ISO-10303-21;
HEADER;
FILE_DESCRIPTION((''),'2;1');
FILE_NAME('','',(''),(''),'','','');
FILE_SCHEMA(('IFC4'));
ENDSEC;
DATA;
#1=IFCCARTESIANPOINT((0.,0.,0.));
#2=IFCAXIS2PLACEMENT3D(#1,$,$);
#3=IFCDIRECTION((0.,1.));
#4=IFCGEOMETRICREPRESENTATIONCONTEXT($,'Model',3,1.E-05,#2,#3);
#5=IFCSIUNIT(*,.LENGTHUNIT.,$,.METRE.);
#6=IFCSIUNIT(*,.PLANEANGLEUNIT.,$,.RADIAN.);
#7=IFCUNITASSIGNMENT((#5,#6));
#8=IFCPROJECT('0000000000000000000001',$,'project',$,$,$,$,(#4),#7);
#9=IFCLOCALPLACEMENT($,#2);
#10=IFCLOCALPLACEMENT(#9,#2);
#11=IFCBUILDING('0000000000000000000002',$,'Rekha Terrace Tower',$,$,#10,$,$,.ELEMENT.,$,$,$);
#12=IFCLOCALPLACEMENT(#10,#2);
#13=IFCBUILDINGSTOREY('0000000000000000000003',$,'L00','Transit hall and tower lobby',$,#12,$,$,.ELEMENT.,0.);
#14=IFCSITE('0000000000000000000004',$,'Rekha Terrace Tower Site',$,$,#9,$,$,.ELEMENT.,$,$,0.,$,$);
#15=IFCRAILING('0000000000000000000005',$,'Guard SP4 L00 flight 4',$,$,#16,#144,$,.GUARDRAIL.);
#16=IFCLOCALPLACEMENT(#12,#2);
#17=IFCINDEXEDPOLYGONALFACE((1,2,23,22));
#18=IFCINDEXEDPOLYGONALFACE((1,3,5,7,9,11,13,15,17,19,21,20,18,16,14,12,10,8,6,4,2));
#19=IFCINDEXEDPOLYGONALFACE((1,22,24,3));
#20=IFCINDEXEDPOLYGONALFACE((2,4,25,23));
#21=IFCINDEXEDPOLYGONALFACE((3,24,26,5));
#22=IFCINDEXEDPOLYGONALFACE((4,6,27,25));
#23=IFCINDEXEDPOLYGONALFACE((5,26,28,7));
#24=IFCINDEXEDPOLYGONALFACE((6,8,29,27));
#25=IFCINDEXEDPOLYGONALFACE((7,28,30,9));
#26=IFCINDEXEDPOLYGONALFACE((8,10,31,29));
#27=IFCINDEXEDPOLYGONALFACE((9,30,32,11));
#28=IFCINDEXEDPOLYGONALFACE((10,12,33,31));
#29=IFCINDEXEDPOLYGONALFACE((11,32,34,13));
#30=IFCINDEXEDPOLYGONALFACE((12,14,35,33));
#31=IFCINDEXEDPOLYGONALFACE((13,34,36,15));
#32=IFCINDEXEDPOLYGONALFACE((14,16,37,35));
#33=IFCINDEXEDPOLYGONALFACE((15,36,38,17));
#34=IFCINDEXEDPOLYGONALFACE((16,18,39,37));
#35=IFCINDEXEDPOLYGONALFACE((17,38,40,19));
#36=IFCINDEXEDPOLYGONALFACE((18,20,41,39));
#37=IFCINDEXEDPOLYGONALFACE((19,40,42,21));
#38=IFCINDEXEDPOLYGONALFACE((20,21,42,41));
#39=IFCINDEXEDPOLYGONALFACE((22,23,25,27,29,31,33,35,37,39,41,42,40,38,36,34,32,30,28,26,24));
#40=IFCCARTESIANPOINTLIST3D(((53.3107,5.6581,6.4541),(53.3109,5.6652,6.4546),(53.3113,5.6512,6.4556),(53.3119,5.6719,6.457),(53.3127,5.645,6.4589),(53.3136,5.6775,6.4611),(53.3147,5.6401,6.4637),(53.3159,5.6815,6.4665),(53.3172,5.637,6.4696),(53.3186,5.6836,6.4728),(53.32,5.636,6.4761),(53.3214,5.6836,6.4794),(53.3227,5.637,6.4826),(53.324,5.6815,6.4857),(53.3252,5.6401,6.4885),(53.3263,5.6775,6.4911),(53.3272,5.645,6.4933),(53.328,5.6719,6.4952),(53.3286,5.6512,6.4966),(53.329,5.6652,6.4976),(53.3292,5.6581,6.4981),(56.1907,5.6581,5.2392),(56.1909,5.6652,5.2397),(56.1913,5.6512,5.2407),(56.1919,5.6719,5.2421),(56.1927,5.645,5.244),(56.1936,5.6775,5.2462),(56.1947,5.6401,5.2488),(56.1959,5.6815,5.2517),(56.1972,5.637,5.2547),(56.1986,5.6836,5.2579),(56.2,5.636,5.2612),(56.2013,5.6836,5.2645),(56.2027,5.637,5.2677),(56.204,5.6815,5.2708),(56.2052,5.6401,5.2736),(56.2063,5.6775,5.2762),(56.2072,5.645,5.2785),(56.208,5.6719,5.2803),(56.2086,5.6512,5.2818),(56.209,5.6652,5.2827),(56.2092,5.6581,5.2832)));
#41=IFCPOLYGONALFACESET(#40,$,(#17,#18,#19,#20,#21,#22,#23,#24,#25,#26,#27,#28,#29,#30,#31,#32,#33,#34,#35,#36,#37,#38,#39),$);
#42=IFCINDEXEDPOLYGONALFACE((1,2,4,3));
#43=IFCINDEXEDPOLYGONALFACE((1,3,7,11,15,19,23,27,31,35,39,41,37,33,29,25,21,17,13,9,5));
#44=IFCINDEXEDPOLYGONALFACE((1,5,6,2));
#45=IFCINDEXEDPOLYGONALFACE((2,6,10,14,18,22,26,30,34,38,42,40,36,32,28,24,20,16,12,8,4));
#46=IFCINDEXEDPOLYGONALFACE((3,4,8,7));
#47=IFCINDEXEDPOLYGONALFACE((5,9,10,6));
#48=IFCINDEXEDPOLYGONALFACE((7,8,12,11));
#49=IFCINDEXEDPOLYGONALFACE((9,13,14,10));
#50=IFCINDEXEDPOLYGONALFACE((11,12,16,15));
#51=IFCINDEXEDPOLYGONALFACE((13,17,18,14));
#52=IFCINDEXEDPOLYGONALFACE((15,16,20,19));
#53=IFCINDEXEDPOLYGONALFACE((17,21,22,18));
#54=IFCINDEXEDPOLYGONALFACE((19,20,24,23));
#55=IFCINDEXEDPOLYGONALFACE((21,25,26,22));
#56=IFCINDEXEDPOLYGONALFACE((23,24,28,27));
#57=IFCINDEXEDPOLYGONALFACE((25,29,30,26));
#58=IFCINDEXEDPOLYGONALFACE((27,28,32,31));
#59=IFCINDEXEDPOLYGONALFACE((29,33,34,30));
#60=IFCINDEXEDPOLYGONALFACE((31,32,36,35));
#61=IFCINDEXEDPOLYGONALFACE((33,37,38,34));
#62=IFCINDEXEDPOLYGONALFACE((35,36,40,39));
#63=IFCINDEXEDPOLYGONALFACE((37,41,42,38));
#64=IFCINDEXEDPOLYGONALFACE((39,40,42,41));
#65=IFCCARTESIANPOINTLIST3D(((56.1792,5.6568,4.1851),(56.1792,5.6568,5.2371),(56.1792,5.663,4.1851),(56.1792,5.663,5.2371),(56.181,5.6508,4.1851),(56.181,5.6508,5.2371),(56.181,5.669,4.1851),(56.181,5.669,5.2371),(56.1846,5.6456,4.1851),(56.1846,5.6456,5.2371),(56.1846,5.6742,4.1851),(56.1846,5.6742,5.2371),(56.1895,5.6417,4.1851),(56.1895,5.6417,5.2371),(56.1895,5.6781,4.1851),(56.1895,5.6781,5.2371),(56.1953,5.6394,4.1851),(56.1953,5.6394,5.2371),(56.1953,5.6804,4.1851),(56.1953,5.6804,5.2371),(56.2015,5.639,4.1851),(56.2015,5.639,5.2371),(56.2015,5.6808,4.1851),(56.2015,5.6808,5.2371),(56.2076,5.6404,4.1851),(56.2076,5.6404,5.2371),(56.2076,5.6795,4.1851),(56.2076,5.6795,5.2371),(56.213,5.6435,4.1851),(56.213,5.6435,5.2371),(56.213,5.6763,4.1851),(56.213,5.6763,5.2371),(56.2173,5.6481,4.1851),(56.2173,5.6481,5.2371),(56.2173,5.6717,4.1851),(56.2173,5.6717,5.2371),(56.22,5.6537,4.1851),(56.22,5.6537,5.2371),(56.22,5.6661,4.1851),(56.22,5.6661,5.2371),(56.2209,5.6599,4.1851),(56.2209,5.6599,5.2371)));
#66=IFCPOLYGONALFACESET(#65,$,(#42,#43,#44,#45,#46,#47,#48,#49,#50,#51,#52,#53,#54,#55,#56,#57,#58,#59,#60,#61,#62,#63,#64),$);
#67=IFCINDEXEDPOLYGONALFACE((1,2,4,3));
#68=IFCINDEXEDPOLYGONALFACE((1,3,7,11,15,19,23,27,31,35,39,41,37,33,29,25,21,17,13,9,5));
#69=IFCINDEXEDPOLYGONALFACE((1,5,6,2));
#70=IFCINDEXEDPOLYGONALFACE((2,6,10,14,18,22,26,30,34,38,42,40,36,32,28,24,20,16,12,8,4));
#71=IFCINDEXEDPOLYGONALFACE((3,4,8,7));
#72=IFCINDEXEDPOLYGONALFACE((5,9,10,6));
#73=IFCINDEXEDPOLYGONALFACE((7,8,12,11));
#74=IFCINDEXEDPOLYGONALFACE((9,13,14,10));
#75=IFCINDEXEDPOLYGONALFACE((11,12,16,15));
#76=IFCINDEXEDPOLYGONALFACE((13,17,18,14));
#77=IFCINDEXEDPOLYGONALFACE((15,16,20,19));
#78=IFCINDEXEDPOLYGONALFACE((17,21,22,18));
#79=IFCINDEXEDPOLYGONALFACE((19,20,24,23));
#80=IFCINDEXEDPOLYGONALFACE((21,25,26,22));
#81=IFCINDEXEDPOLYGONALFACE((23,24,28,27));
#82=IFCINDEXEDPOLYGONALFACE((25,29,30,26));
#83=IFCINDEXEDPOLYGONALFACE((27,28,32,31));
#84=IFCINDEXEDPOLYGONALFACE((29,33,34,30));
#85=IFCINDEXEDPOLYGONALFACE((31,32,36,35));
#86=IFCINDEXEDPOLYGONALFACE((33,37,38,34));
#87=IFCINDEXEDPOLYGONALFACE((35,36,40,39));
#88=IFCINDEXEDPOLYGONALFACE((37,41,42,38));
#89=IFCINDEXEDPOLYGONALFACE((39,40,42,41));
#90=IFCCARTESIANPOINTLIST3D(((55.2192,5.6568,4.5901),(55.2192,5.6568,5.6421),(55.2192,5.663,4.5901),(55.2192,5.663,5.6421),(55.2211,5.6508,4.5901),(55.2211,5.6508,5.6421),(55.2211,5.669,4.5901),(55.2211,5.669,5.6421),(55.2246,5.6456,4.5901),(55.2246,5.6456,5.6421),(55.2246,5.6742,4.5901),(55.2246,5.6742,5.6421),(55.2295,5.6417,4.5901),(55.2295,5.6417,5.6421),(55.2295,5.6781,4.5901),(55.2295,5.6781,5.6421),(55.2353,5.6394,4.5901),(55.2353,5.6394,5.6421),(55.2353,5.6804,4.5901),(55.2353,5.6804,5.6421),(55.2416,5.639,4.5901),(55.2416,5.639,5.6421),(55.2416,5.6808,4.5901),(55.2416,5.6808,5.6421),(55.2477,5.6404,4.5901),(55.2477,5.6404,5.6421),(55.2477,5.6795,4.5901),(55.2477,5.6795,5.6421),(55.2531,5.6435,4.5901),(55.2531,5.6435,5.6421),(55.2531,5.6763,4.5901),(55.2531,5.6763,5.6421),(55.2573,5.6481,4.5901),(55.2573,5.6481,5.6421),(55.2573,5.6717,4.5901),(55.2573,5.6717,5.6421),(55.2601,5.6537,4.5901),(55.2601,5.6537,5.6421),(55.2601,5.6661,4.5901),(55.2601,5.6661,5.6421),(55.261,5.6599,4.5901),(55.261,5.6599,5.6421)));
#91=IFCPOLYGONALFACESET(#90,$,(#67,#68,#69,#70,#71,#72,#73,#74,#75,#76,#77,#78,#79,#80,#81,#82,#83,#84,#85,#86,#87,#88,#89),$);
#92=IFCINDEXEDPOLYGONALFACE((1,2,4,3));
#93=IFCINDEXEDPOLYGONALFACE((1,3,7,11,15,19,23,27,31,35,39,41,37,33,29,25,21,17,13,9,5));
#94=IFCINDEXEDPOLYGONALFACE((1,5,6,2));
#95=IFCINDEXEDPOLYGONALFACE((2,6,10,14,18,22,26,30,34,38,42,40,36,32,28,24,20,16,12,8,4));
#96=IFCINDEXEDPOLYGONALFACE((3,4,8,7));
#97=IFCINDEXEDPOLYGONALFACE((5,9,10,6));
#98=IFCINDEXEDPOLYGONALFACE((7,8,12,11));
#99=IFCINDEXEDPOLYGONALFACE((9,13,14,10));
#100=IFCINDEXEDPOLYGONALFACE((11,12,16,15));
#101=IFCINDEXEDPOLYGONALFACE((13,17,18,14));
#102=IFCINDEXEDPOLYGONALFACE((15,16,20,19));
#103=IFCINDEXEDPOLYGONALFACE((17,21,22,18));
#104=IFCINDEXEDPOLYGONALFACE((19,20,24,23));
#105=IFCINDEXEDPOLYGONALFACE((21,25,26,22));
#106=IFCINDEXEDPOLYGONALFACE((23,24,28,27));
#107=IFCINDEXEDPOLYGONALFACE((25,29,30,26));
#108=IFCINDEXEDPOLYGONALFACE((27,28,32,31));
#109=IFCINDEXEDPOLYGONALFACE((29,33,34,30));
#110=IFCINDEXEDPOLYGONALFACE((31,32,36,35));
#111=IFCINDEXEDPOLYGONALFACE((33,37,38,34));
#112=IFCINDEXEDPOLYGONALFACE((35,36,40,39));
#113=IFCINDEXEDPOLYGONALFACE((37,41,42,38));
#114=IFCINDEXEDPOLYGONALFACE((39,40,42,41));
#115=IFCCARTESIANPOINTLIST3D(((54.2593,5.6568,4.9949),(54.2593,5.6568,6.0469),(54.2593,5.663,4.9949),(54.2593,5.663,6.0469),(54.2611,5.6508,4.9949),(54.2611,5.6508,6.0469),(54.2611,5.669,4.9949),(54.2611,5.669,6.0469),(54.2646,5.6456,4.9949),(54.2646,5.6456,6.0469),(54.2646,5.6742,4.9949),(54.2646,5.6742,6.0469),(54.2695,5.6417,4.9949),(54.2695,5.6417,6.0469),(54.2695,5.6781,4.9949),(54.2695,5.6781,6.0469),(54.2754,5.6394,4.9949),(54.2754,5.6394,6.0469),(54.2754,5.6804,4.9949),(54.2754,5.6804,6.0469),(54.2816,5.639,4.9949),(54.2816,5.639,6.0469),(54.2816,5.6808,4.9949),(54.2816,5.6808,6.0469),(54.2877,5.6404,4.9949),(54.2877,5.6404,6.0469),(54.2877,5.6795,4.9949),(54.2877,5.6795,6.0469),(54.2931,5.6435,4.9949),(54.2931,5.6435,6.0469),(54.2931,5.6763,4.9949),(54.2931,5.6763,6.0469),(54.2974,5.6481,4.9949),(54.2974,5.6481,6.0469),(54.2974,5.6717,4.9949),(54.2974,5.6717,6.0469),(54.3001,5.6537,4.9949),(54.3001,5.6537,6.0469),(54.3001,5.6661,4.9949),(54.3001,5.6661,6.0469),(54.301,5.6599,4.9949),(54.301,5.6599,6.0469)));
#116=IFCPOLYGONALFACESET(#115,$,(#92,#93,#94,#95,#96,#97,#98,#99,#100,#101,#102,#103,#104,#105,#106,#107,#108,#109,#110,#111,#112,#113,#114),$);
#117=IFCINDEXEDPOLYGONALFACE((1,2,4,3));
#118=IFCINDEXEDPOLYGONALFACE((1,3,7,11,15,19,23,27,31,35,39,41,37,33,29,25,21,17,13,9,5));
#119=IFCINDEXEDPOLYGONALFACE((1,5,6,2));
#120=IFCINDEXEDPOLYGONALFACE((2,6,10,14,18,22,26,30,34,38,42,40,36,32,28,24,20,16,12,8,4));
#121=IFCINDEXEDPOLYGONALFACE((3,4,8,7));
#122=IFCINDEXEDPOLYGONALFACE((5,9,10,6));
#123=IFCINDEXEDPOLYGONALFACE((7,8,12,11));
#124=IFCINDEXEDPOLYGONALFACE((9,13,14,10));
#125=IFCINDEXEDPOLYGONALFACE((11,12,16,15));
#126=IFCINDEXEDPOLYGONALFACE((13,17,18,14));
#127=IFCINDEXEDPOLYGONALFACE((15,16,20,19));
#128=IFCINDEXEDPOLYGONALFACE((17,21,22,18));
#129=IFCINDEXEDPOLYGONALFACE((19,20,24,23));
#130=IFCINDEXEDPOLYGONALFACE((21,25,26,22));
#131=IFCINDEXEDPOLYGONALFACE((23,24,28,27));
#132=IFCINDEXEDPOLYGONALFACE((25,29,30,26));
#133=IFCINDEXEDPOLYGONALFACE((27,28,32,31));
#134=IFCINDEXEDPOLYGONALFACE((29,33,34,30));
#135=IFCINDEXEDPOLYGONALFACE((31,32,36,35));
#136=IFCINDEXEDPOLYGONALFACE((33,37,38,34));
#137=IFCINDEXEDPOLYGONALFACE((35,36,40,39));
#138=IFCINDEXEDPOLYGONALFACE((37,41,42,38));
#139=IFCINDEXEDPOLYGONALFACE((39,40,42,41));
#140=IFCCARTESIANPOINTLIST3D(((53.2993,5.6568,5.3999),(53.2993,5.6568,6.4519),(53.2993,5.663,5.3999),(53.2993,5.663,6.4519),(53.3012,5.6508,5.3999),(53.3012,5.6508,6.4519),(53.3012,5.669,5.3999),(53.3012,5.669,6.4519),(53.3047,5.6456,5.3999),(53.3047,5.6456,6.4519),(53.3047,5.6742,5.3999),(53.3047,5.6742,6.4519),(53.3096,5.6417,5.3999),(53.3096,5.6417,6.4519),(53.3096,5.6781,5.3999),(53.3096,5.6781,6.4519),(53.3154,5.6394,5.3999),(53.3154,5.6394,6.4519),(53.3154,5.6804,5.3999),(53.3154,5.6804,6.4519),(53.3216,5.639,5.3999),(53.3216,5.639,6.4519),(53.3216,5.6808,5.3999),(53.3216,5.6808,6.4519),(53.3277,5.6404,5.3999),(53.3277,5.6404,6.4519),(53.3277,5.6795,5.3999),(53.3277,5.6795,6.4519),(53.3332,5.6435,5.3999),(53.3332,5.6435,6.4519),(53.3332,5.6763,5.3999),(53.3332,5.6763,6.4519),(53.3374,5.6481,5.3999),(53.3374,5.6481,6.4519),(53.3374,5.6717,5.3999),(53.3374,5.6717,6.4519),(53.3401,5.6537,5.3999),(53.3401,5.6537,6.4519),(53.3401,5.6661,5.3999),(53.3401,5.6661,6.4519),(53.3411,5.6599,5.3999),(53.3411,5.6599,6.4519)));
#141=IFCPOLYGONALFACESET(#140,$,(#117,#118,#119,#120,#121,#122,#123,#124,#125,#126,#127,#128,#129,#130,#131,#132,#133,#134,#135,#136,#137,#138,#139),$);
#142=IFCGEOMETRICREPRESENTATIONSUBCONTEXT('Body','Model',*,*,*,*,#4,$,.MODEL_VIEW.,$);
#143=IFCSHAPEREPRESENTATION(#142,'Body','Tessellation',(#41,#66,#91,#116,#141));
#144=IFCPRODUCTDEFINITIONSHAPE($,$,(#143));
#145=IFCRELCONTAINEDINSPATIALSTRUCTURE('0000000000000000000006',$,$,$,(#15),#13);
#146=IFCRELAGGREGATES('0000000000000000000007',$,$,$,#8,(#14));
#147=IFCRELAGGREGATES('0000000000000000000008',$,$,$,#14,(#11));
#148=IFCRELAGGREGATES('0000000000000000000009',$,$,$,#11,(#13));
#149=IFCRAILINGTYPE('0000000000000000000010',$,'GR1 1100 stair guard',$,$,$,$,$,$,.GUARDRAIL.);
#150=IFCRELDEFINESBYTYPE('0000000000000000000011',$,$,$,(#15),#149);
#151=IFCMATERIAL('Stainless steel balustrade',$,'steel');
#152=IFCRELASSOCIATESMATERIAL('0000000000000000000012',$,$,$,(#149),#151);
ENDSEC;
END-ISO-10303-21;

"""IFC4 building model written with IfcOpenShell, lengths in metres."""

from ifc_helpers import new_model, si_unit, direction, frame, origin, origin_2d, place, context, subcontext, project, spatial, circle, extrude, material, type_object, element, save


model = new_model("IFC4")

# Units and contexts
model_context = context("Model", 3, precision=1e-05, world=origin(), true_north=direction((0.0, 1.0)))
body_context = subcontext(model_context, "Body", "Model", "MODEL_VIEW")
ifc_project = project(units=[si_unit("LENGTHUNIT", "METRE"), si_unit("PLANEANGLEUNIT", "RADIAN")], contexts=[model_context])

# Site, building, storey
site_placement = place(None, origin())
site = spatial("IfcSite", under=ifc_project, at=site_placement, Name="Rekha Terrace Tower Site", CompositionType="ELEMENT", RefElevation=0.0)
building_placement = place(site_placement, origin())
building = spatial("IfcBuilding", under=site, at=building_placement, Name="Rekha Terrace Tower", CompositionType="ELEMENT")
storey_placement = place(building_placement, origin())
storey = spatial("IfcBuildingStorey", under=building, at=storey_placement, Name="L00", Description="Transit hall and tower lobby", CompositionType="ELEMENT", Elevation=0.0)

# Railing
ifc_material_1 = material(Name="Stainless steel balustrade", Category="steel")
railing_type_1 = type_object("IfcRailingType", Name="GR1 1100 stair guard", PredefinedType="GUARDRAIL", material=ifc_material_1)
railing_1_placement = place(storey_placement, frame((56.2, 5.6599, 4.1851)))
element("IfcRailing", 1, at=railing_1_placement, inside=storey, type_object=railing_type_1, Name="Guard SP4 L00 flight 4", PredefinedType="GUARDRAIL", context=body_context, shape_type="SweptSolid", body=[
    extrude(circle(Radius=0.0239, at=origin_2d()), frame((0.0, 0.0, 1.0762), z_axis=(-0.921376, 0.0, 0.388671), x_axis=(0.0, -1.0, 0.0)), (0.0, 0.0, 1.0), 3.1257),
    extrude(circle(Radius=0.021, at=origin_2d()), origin(), (0.0, 0.0, 1.0), 1.052),
    extrude(circle(Radius=0.021, at=origin_2d()), frame((-0.96, 0.0, 0.405)), (0.0, 0.0, 1.0), 1.052),
    extrude(circle(Radius=0.021, at=origin_2d()), frame((-1.9199, 0.0, 0.8098)), (0.0, 0.0, 1.0), 1.052),
    extrude(circle(Radius=0.021, at=origin_2d()), frame((-2.8799, 0.0, 1.2148)), (0.0, 0.0, 1.0), 1.052),
])

save(model, "model.ifc")
